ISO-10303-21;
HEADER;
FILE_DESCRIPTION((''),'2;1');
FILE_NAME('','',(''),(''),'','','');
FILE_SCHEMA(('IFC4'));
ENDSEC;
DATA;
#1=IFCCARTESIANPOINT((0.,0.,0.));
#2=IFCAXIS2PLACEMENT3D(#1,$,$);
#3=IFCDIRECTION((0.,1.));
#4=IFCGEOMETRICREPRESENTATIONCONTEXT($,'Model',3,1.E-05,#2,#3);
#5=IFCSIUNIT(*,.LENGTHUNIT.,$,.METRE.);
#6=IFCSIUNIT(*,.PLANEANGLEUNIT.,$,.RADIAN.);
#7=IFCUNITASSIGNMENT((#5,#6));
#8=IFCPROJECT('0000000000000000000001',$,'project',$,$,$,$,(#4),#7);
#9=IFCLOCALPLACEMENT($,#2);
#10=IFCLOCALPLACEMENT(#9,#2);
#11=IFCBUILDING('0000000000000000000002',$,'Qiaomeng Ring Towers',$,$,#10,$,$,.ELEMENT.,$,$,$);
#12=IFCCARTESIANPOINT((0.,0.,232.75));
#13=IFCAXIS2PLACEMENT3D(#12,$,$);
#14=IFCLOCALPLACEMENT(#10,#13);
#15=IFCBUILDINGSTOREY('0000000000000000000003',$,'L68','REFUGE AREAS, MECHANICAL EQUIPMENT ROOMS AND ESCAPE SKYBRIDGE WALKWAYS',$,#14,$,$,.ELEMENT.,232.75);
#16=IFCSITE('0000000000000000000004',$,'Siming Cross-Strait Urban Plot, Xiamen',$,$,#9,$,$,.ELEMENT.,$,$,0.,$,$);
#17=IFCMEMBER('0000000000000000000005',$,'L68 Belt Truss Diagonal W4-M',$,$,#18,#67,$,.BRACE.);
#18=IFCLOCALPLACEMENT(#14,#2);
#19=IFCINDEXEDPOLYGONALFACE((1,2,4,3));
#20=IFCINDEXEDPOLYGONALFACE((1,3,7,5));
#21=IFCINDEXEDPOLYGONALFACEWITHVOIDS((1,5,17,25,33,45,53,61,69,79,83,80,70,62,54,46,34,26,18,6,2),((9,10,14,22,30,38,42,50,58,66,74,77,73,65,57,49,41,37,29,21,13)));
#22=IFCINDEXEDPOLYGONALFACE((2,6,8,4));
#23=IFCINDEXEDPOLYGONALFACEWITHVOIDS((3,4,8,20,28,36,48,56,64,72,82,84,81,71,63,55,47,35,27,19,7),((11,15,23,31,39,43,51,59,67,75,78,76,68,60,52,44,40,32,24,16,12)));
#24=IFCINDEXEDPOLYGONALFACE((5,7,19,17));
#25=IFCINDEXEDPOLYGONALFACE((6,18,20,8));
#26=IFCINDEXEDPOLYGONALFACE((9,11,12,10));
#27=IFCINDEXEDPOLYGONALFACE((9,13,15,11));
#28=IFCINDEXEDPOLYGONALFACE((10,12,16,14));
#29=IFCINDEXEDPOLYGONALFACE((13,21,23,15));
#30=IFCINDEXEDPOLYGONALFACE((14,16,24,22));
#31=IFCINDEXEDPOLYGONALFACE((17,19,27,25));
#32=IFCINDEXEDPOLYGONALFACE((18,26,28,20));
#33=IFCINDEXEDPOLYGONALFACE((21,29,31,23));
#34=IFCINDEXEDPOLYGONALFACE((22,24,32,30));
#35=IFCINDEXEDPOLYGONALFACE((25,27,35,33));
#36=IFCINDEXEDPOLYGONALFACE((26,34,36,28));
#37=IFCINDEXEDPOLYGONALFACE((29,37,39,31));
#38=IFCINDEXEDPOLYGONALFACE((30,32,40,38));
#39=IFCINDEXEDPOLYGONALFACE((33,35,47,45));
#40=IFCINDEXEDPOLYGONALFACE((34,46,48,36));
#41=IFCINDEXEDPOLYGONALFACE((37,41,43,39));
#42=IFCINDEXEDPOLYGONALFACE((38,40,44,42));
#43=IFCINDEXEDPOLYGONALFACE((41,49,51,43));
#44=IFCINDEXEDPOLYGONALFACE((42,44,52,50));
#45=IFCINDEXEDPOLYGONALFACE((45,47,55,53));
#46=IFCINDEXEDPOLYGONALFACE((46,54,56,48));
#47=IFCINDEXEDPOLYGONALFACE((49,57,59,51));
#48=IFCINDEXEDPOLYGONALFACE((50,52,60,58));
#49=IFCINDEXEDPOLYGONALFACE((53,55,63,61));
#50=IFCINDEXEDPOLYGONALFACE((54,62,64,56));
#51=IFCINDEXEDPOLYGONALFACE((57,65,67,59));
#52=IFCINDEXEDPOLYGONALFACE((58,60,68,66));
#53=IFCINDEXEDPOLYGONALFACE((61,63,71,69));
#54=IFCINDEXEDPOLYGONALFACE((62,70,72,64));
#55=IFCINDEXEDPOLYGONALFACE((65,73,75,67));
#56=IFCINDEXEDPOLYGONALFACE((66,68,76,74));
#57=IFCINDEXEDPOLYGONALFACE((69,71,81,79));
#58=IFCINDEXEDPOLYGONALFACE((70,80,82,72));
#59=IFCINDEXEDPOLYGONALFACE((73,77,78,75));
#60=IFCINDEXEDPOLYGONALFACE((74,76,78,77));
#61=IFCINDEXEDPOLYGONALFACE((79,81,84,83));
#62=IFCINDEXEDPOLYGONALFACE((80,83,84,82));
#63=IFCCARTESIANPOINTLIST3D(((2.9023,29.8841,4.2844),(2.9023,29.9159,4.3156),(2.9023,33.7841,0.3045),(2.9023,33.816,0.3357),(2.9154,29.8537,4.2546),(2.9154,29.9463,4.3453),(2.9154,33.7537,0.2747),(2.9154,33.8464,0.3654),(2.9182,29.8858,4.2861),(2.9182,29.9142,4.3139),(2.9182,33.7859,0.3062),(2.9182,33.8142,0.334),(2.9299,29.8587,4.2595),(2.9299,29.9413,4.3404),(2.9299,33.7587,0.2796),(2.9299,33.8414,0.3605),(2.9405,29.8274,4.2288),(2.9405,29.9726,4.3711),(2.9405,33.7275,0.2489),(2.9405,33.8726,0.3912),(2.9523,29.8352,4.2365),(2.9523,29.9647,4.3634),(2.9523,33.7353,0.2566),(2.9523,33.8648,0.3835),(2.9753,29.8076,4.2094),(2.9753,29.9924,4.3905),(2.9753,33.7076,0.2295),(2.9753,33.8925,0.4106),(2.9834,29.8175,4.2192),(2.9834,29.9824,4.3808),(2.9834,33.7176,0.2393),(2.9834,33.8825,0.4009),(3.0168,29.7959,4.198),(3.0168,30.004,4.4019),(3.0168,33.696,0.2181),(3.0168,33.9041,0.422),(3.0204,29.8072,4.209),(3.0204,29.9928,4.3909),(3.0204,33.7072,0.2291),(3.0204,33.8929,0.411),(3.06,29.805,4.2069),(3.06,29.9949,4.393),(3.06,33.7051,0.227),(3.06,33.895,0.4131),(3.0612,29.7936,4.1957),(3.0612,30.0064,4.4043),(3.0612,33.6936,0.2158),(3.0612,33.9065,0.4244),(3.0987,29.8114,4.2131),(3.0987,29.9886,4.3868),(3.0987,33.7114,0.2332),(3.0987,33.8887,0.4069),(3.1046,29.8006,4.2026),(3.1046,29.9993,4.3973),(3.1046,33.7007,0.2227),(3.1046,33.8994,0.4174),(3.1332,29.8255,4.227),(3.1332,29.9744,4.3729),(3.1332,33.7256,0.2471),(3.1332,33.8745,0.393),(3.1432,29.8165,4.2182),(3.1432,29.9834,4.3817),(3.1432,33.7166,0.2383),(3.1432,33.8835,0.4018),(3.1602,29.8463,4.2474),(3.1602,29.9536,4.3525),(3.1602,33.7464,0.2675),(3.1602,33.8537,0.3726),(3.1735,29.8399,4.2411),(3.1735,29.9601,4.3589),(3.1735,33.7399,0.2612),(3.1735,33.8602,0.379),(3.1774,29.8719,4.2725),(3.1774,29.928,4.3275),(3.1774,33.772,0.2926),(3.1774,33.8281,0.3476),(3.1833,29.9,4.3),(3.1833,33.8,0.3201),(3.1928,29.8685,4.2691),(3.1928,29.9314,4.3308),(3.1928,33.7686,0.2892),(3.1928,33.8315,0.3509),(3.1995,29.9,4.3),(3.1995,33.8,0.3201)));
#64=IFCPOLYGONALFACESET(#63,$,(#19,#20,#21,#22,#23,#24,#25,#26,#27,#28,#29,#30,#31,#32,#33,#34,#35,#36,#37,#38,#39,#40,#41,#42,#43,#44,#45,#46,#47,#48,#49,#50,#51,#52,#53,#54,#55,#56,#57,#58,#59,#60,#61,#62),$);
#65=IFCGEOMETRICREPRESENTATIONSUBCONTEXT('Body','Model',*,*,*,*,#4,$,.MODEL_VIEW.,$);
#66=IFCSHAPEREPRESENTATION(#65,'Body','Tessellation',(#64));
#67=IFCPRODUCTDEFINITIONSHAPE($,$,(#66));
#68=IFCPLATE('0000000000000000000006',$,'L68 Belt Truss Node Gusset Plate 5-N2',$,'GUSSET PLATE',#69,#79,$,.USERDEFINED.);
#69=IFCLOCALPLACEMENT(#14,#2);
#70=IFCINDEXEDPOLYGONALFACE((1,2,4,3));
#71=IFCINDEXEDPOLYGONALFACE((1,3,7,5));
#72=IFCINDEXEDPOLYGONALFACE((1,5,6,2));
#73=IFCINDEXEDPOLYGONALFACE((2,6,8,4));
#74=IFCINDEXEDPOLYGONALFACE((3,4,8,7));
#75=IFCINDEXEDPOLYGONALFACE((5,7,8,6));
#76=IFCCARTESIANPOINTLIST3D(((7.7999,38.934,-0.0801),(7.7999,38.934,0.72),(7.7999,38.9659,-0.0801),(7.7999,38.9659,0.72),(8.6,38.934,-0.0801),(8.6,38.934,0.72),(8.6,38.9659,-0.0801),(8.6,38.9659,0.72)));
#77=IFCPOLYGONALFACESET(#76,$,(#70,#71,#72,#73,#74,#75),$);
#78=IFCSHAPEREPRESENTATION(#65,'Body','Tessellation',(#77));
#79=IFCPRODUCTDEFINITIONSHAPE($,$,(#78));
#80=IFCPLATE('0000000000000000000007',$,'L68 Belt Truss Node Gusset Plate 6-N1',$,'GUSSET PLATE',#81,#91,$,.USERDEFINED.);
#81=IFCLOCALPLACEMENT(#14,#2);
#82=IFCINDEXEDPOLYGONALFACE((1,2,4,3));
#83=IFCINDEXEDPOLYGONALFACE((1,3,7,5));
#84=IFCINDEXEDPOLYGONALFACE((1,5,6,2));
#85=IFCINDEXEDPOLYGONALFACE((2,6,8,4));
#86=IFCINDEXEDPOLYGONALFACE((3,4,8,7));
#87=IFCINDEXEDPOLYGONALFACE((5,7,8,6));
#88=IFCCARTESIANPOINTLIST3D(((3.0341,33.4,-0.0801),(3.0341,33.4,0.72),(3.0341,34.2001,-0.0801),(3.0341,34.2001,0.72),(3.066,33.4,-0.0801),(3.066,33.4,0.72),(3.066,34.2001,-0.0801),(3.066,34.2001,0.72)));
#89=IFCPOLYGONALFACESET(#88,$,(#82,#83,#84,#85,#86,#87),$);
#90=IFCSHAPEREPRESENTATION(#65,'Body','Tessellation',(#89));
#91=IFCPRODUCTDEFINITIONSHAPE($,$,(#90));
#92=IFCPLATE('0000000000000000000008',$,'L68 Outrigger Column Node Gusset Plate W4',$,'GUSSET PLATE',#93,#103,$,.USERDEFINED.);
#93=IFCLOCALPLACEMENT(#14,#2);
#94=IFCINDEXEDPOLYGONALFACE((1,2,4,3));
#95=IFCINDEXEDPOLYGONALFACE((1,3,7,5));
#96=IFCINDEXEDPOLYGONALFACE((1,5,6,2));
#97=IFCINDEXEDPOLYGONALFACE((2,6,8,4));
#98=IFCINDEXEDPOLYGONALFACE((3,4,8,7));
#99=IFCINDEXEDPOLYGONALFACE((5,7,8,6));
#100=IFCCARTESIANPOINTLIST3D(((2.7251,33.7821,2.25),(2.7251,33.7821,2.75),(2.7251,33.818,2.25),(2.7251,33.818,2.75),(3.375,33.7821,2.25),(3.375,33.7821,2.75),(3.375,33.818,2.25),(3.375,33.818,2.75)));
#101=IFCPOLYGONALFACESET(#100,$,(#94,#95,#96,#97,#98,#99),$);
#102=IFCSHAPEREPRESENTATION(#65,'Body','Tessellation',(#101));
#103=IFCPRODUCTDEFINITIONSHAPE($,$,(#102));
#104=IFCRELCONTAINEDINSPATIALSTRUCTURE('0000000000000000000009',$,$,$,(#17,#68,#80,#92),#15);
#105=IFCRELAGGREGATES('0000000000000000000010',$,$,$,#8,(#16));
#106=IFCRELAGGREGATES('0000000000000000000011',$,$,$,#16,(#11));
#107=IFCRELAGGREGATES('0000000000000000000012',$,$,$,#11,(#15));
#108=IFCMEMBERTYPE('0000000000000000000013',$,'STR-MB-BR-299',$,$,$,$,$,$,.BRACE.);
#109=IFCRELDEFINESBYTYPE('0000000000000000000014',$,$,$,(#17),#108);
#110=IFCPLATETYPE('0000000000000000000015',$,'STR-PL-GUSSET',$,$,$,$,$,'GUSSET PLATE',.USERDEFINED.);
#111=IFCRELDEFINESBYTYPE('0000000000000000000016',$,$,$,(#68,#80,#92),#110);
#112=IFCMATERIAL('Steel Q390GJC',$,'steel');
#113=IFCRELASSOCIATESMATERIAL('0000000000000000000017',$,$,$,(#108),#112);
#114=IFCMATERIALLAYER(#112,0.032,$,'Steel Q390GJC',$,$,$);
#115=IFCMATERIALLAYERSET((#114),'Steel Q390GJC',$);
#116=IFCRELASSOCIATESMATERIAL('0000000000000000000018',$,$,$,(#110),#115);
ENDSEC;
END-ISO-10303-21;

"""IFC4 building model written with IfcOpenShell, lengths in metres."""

from ifc_helpers import new_model, si_unit, direction, frame, origin, origin_2d, place, context, subcontext, project, spatial, rectangle, hollow_circle, extrude, source, transform, mapped, material, layer, layer_set, material_profile, profile_set, type_object, element, save


model = new_model("IFC4")

# Units and contexts
model_context = context("Model", 3, precision=1e-05, world=origin(), true_north=direction((0.0, 1.0)))
body_context = subcontext(model_context, "Body", "Model", "MODEL_VIEW")
ifc_project = project(units=[si_unit("LENGTHUNIT", "METRE"), si_unit("PLANEANGLEUNIT", "RADIAN")], contexts=[model_context])

# Site, building, storey
site_placement = place(None, origin())
site = spatial("IfcSite", under=ifc_project, at=site_placement, Name="Siming Cross-Strait Urban Plot, Xiamen", CompositionType="ELEMENT", RefElevation=0.0)
building_placement = place(site_placement, origin())
building = spatial("IfcBuilding", under=site, at=building_placement, Name="Qiaomeng Ring Towers", CompositionType="ELEMENT")
storey_placement = place(building_placement, frame((0.0, 0.0, 232.75)))
storey = spatial("IfcBuildingStorey", under=building, at=storey_placement, Name="L68", Description="REFUGE AREAS, MECHANICAL EQUIPMENT ROOMS AND ESCAPE SKYBRIDGE WALKWAYS", CompositionType="ELEMENT", Elevation=232.75)

# Shared definitions
ifc_material_1 = material(Name="Steel Q390GJC", Category="steel")

# Member
ifc_material_profile_1 = material_profile(ifc_material_1, hollow_circle(Radius=0.1494, WallThickness=0.0161, at=origin_2d()), Name="CHS 299x16")
ifc_profile_set_1 = profile_set([ifc_material_profile_1], Name="Steel Q390GJC")
member_type_1 = type_object("IfcMemberType", Name="STR-MB-BR-299", PredefinedType="BRACE", material=ifc_profile_set_1)
shared_shape_1 = source(origin(), body_context, "Body", "SweptSolid", [
    extrude(hollow_circle(Radius=0.1494, WallThickness=0.0161, at=origin_2d()), origin(), (0.0, 0.0, 1.0), 5.5723),
])
member_1_placement = place(storey_placement, frame((3.05, 33.8, 0.3201), z_axis=(0.0, -0.699907, 0.714234), x_axis=(1.0, 0.0, 0.0)))
element("IfcMember", 1, at=member_1_placement, inside=storey, type_object=member_type_1, Name="L68 Belt Truss Diagonal W4-M", PredefinedType="BRACE", context=body_context, shape_type="MappedRepresentation", body=[
    mapped(shared_shape_1, transform((0.0, 0.0, 0.0), x_axis=(1.0, 0.0, 0.0), y_axis=(0.0, 1.0, 0.0), z_axis=(0.0, 0.0, 1.0), scale=1.0)),
])

# Plates
ifc_layer = layer(ifc_material_1, 0.032, Name="Steel Q390GJC")
ifc_layer_set = layer_set([ifc_layer], Name="Steel Q390GJC")
plate_type = type_object("IfcPlateType", Name="STR-PL-GUSSET", ElementType="GUSSET PLATE", PredefinedType="USERDEFINED", material=ifc_layer_set)
shared_shape_2 = source(origin(), body_context, "Body", "SweptSolid", [
    extrude(rectangle(XDim=0.8, YDim=0.032, at=origin_2d()), origin(), (0.0, 0.0, 1.0), 0.8),
])
for number, where, z_axis, x_axis, name in (
    (2, (8.2, 38.95, -0.0801), (0.0, 0.0, 1.0), (-1.0, 0.0, 0.0), "L68 Belt Truss Node Gusset Plate 5-N2"),
    (3, (3.05, 33.8, -0.0801), (0.0, 0.0, 1.0), (0.0, -1.0, 0.0), "L68 Belt Truss Node Gusset Plate 6-N1"),
):
    element("IfcPlate", number, at=place(storey_placement, frame(where, z_axis=z_axis, x_axis=x_axis)), inside=storey, type_object=plate_type, Name=name, ObjectType="GUSSET PLATE", PredefinedType="USERDEFINED", context=body_context, shape_type="MappedRepresentation", body=[
        mapped(shared_shape_2, transform((0.0, 0.0, 0.0), x_axis=(1.0, 0.0, 0.0), y_axis=(0.0, 1.0, 0.0), z_axis=(0.0, 0.0, 1.0), scale=1.0)),
    ])
shared_shape_3 = source(origin(), body_context, "Body", "SweptSolid", [
    extrude(rectangle(XDim=0.6499, YDim=0.0359, at=origin_2d()), origin(), (0.0, 0.0, 1.0), 0.5),
])
plate_placement = place(storey_placement, frame((3.05, 33.8, 2.25), z_axis=(0.0, 0.0, 1.0), x_axis=(1.0, 0.0, 0.0)))
element("IfcPlate", 4, at=plate_placement, inside=storey, type_object=plate_type, Name="L68 Outrigger Column Node Gusset Plate W4", ObjectType="GUSSET PLATE", PredefinedType="USERDEFINED", context=body_context, shape_type="MappedRepresentation", body=[
    mapped(shared_shape_3, transform((0.0, 0.0, 0.0), x_axis=(1.0, 0.0, 0.0), y_axis=(0.0, 1.0, 0.0), z_axis=(0.0, 0.0, 1.0), scale=1.0)),
])

save(model, "model.ifc")
